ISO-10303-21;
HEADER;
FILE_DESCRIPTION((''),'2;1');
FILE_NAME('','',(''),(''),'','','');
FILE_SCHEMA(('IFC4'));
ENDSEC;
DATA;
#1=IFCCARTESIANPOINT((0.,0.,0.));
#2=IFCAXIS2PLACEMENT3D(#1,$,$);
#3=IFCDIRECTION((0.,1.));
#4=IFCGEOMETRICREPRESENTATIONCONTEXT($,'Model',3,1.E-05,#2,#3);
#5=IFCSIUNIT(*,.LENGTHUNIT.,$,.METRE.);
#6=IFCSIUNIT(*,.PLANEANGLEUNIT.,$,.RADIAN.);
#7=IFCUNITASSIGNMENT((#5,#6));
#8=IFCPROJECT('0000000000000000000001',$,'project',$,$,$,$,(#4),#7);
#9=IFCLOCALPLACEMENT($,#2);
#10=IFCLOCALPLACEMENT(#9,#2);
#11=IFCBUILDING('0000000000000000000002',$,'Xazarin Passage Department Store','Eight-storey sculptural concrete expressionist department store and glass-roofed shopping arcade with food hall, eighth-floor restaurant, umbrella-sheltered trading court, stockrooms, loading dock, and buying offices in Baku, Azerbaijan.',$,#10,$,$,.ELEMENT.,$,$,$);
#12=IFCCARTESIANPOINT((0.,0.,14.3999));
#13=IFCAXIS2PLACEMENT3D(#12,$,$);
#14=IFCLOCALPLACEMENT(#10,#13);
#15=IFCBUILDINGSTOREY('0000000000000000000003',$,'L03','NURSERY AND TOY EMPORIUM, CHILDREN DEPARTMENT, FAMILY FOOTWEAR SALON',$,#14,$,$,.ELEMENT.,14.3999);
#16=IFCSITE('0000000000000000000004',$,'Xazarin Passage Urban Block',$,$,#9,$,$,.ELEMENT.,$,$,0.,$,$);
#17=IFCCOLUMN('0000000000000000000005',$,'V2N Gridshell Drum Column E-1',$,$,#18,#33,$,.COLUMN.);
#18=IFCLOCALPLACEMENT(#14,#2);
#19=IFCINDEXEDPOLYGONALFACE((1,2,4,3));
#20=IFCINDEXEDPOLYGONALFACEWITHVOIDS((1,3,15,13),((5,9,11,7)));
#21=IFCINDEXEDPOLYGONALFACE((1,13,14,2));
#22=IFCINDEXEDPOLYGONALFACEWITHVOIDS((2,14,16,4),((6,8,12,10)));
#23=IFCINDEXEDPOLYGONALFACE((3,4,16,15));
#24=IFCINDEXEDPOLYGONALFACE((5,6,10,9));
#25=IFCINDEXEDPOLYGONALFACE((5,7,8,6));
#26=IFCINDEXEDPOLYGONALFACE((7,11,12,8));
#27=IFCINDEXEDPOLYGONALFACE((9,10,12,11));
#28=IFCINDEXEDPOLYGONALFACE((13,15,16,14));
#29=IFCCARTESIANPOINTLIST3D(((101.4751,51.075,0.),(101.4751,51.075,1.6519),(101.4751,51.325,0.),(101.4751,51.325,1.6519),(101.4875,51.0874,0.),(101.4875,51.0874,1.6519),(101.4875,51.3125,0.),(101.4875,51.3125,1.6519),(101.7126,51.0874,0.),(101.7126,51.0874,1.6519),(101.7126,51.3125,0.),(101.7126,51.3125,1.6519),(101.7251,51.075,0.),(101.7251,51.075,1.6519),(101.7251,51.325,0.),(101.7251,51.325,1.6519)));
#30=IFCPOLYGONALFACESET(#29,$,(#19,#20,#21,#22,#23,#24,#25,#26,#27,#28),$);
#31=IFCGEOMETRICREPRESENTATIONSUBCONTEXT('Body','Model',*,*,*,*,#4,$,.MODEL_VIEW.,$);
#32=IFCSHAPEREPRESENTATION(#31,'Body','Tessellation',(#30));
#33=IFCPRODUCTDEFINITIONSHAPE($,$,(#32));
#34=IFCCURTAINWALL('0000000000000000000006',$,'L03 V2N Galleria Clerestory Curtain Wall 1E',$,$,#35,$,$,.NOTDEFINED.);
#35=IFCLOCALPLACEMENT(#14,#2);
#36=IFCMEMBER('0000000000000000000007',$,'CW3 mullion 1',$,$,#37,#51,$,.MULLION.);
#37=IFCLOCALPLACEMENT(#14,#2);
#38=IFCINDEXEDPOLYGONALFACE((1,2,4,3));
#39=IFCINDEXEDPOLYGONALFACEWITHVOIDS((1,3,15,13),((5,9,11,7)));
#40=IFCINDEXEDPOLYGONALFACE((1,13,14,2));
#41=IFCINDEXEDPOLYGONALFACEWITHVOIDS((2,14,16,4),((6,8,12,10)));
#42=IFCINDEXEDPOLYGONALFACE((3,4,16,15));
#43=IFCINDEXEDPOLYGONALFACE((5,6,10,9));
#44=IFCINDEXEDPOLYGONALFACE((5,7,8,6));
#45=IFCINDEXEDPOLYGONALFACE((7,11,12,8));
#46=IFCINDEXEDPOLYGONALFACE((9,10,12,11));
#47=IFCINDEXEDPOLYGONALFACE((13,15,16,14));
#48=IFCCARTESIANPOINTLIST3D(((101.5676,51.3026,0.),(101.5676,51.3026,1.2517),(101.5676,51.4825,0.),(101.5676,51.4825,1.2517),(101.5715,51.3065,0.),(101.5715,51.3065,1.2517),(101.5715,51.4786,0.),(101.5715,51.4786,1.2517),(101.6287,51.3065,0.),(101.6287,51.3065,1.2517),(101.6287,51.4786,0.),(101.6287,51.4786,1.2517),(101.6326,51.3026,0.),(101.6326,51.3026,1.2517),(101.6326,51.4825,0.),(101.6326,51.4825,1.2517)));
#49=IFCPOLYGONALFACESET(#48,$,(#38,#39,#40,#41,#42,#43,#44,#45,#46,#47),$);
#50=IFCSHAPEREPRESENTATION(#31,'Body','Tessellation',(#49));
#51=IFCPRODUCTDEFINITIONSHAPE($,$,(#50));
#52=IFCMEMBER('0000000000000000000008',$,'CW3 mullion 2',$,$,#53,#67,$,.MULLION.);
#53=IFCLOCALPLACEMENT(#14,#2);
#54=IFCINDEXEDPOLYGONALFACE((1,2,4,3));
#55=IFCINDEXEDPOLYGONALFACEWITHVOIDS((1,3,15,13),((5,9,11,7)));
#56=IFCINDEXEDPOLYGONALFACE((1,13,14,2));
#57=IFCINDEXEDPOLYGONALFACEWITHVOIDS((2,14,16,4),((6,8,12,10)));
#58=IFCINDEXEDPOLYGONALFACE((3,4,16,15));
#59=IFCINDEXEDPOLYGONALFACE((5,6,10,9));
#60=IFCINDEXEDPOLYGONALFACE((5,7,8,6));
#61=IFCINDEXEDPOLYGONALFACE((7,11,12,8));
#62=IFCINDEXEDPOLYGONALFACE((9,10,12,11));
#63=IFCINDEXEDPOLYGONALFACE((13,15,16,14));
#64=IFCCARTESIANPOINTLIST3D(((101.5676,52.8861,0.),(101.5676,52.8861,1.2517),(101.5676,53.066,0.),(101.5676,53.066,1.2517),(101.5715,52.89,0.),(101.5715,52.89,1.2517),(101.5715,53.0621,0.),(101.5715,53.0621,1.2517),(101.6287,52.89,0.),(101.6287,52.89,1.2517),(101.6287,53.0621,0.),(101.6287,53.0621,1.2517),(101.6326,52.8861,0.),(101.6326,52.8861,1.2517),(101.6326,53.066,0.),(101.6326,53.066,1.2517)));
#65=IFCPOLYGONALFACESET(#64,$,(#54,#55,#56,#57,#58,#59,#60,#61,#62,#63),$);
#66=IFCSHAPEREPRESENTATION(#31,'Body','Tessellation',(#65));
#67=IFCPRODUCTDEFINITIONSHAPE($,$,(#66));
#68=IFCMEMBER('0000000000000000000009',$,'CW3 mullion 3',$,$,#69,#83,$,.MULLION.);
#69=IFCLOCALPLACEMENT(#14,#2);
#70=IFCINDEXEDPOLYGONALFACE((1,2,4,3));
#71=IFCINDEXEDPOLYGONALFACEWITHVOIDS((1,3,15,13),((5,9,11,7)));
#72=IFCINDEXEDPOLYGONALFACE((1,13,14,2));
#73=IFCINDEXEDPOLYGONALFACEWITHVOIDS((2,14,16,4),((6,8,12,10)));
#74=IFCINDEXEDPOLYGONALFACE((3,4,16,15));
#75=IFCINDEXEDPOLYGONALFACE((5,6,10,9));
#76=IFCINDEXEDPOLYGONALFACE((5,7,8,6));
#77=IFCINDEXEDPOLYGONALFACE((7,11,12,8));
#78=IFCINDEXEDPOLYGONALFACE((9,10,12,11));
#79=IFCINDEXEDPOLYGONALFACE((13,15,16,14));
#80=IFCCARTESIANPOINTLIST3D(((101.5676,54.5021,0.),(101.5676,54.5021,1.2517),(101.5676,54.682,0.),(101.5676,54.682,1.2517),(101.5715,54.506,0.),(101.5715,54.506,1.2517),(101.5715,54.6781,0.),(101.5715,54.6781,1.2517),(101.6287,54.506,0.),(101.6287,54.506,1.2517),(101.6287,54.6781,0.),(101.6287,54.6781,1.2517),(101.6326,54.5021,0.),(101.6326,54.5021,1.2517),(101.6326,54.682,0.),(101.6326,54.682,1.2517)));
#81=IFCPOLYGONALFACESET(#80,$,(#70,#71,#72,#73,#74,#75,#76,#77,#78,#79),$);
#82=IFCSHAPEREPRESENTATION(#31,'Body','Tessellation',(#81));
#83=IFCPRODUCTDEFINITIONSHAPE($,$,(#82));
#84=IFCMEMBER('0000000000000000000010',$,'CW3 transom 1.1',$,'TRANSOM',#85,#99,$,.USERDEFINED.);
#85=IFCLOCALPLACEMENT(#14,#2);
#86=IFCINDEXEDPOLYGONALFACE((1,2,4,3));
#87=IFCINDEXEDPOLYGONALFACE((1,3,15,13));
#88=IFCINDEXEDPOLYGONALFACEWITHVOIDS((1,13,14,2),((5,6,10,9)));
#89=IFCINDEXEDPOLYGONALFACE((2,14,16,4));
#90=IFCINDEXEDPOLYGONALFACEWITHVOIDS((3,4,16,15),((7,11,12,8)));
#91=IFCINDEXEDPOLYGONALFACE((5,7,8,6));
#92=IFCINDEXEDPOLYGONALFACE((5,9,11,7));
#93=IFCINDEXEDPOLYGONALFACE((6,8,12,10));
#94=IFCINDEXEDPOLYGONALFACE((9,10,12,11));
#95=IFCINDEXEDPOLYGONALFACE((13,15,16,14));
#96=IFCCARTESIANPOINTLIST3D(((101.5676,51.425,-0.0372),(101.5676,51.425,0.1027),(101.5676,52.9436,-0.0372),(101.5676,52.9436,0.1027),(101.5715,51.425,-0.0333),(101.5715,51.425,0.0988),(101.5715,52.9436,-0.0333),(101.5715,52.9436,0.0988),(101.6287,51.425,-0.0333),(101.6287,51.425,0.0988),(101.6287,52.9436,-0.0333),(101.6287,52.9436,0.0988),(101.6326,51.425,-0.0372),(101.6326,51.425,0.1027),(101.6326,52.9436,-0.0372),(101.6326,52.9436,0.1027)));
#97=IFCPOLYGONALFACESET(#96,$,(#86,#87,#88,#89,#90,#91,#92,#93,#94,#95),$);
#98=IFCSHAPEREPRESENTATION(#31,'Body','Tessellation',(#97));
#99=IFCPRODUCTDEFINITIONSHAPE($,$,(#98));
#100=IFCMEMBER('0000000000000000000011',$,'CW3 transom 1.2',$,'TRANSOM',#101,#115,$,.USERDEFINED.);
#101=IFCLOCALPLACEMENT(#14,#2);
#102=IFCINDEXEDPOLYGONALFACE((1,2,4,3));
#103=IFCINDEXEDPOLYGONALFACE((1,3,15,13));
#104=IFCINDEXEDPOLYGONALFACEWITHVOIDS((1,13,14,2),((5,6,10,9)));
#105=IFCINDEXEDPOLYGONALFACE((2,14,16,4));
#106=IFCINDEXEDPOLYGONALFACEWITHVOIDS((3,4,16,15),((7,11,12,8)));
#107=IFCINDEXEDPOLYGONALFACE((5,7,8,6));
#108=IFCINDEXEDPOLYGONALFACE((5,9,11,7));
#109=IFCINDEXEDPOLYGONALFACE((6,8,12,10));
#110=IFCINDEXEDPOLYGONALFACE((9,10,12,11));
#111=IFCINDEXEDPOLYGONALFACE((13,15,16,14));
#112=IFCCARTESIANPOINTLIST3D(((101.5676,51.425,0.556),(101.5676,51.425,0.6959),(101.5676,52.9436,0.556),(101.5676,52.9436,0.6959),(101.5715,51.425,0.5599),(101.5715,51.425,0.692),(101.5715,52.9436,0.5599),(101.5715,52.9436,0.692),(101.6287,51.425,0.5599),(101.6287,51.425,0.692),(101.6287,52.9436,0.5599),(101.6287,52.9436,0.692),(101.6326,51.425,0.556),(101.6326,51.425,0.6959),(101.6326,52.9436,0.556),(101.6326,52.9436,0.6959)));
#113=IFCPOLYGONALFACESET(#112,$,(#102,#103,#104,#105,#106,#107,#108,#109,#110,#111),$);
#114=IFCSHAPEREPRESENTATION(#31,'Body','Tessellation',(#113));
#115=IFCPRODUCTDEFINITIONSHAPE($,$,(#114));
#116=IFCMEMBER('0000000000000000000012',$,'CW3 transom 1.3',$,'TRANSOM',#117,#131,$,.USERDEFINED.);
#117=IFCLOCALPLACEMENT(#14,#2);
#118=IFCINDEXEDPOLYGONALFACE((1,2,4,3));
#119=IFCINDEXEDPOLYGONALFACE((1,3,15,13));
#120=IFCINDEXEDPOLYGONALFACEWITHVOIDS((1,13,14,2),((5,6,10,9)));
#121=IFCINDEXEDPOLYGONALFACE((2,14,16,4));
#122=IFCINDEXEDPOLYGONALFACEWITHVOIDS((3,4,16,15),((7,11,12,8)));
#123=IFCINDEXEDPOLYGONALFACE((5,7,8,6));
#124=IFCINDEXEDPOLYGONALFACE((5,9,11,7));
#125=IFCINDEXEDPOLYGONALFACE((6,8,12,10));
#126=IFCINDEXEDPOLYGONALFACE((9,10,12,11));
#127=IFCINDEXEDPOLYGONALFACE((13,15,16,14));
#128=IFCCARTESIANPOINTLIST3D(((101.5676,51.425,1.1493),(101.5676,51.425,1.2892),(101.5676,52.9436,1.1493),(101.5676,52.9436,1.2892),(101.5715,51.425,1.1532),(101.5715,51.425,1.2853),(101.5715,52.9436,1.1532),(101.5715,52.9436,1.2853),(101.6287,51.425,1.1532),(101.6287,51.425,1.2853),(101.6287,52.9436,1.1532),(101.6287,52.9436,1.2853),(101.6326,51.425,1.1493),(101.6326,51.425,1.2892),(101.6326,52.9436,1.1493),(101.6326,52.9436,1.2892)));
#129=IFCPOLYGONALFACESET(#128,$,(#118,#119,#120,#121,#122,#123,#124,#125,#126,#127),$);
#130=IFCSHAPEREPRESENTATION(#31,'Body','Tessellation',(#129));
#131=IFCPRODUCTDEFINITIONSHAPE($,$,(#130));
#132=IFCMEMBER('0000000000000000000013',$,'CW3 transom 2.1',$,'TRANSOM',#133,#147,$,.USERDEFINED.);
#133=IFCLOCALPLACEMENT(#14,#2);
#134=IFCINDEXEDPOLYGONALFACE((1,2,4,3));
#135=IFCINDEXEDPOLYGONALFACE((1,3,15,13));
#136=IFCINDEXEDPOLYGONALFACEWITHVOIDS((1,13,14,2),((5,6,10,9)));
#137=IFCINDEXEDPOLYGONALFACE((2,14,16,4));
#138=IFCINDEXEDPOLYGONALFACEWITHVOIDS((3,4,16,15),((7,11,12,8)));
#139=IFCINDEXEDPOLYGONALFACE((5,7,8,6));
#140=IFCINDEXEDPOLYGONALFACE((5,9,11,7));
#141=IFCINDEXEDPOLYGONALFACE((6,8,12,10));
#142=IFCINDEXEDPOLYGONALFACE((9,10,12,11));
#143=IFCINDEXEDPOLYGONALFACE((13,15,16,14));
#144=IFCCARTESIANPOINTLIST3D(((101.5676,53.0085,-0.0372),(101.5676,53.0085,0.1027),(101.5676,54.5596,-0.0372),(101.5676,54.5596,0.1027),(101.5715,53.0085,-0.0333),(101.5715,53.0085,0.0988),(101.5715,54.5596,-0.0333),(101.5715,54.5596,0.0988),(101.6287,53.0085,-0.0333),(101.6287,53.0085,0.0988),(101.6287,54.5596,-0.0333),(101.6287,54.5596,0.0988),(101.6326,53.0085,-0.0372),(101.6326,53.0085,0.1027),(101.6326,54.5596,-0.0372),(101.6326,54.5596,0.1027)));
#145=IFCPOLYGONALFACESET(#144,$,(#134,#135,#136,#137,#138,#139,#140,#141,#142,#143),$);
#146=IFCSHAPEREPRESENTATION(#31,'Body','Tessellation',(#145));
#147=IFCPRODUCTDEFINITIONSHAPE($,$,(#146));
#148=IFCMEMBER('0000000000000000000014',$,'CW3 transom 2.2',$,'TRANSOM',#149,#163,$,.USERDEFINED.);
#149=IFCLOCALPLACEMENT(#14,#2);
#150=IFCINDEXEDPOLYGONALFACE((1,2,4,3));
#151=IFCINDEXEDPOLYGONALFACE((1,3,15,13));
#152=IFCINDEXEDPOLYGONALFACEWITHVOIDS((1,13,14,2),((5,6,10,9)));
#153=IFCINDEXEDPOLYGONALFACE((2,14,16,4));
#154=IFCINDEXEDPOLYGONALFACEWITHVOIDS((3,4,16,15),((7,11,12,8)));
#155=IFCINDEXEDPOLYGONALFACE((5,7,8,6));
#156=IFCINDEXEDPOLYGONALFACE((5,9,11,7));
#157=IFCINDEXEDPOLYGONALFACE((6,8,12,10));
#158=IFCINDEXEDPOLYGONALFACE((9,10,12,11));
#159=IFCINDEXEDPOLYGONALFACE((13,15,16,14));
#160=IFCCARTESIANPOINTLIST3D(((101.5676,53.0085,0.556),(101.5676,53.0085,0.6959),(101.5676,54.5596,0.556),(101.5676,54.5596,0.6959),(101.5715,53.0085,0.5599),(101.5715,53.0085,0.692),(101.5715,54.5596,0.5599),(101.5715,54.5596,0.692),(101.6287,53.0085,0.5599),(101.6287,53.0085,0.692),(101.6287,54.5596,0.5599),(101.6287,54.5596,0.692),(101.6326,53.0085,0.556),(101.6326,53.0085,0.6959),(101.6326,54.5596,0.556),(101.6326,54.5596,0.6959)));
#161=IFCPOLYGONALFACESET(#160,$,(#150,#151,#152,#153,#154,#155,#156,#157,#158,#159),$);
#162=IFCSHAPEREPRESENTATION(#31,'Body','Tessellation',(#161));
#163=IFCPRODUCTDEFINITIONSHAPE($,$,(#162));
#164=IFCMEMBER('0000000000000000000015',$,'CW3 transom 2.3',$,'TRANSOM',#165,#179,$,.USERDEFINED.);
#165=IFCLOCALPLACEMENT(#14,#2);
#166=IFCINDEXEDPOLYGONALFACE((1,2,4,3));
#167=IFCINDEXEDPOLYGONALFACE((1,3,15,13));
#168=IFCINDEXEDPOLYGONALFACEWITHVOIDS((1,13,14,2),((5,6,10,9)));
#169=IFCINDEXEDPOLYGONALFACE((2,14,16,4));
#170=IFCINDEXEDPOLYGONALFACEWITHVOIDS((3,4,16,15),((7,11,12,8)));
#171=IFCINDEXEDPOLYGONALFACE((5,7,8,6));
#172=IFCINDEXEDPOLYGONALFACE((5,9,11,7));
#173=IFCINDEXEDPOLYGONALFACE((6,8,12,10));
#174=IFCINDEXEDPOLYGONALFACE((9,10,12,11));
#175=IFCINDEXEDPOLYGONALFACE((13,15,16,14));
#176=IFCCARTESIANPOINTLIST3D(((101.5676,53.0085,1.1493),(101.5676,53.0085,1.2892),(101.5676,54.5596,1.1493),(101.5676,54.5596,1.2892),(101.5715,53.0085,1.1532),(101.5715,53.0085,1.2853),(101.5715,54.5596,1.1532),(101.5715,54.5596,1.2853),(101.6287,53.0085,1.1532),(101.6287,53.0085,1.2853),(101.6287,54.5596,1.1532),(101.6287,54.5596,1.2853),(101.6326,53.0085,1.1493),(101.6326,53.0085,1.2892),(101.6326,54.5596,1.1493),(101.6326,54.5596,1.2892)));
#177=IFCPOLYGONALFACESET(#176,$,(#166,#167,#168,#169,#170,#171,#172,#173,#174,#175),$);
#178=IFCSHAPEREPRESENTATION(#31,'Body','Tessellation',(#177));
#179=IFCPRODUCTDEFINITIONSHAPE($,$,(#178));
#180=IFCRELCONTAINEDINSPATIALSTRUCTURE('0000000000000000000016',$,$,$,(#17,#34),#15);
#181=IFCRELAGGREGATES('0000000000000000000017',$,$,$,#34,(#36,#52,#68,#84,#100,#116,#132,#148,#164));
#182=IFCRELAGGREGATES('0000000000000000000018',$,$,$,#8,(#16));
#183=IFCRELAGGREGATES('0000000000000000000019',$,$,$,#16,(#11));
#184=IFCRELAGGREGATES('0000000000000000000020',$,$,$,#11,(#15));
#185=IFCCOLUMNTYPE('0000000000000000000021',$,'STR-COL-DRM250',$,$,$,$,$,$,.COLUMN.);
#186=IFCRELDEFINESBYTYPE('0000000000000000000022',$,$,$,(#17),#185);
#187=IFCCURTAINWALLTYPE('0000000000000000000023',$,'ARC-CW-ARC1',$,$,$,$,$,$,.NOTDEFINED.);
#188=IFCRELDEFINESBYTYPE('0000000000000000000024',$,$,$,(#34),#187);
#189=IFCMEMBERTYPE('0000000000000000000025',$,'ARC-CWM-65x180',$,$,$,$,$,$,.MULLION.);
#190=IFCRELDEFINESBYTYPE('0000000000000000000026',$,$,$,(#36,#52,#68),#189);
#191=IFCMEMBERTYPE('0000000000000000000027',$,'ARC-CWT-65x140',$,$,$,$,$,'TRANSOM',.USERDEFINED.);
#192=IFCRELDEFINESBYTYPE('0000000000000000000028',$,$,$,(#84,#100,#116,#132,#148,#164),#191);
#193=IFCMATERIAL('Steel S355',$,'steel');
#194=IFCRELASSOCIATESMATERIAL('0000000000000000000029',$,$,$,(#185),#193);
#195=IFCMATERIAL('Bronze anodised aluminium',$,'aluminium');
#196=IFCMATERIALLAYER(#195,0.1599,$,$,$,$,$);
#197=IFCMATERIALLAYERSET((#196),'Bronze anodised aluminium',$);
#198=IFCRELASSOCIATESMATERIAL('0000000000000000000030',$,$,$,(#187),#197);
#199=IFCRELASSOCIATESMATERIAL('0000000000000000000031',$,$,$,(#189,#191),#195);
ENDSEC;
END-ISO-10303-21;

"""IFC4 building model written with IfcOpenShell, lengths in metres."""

from ifc_helpers import new_model, si_unit, direction, frame, origin, origin_2d, place, context, subcontext, project, spatial, hollow_rectangle, extrude, material, layer, layer_set, material_profile, profile_set, type_object, element, aggregate, save


model = new_model("IFC4")

# Units and contexts
model_context = context("Model", 3, precision=1e-05, world=origin(), true_north=direction((0.0, 1.0)))
body_context = subcontext(model_context, "Body", "Model", "MODEL_VIEW")
ifc_project = project(units=[si_unit("LENGTHUNIT", "METRE"), si_unit("PLANEANGLEUNIT", "RADIAN")], contexts=[model_context])

# Site, building, storey
site_placement = place(None, origin())
site = spatial("IfcSite", under=ifc_project, at=site_placement, Name="Xazarin Passage Urban Block", CompositionType="ELEMENT", RefElevation=0.0)
building_placement = place(site_placement, origin())
building = spatial("IfcBuilding", under=site, at=building_placement, Name="Xazarin Passage Department Store", Description="Eight-storey sculptural concrete expressionist department store and glass-roofed shopping arcade with food hall, eighth-floor restaurant, umbrella-sheltered trading court, stockrooms, loading dock, and buying offices in Baku, Azerbaijan.", CompositionType="ELEMENT")
storey_placement = place(building_placement, frame((0.0, 0.0, 14.3999)))
storey = spatial("IfcBuildingStorey", under=building, at=storey_placement, Name="L03", Description="NURSERY AND TOY EMPORIUM, CHILDREN DEPARTMENT, FAMILY FOOTWEAR SALON", CompositionType="ELEMENT", Elevation=14.3999)

# Column
ifc_material_1 = material(Name="Steel S355", Category="steel")
ifc_material_profile_1 = material_profile(ifc_material_1, hollow_rectangle(XDim=0.25, YDim=0.25, WallThickness=0.0125, at=origin_2d()), Name="SHS 250x250x12.5")
ifc_profile_set_1 = profile_set([ifc_material_profile_1], Name="Steel S355")
column_type = type_object("IfcColumnType", Name="STR-COL-DRM250", PredefinedType="COLUMN", material=ifc_profile_set_1)
column_placement = place(storey_placement, frame((101.6001, 51.2, 0.0), z_axis=(0.0, 0.0, 1.0), x_axis=(1.0, 0.0, 0.0)))
element("IfcColumn", 1, at=column_placement, inside=storey, type_object=column_type, Name="V2N Gridshell Drum Column E-1", PredefinedType="COLUMN", context=body_context, shape_type="SweptSolid", body=[
    extrude(hollow_rectangle(XDim=0.25, YDim=0.25, WallThickness=0.0125, at=origin_2d()), origin(), (0.0, 0.0, 1.0), 1.6519),
])

# Curtain wall, members
ifc_material_2 = material(Name="Bronze anodised aluminium", Category="aluminium")
ifc_layer_1 = layer(ifc_material_2, 0.1599)
ifc_layer_set_1 = layer_set([ifc_layer_1], Name="Bronze anodised aluminium")
curtain_wall_type = type_object("IfcCurtainWallType", Name="ARC-CW-ARC1", PredefinedType="NOTDEFINED", material=ifc_layer_set_1)
curtain_wall_placement = place(storey_placement, origin())
curtain_wall = element("IfcCurtainWall", 2, at=curtain_wall_placement, inside=storey, type_object=curtain_wall_type, Name="L03 V2N Galleria Clerestory Curtain Wall 1E", PredefinedType="NOTDEFINED")
ifc_material_profile_2 = material_profile(ifc_material_2, hollow_rectangle(XDim=0.0649, YDim=0.1799, WallThickness=0.0039, at=origin_2d()), Name="ALU 65x180")
ifc_profile_set_2 = profile_set([ifc_material_profile_2], Name="Bronze anodised aluminium")
member_type_1 = type_object("IfcMemberType", Name="ARC-CWM-65x180", PredefinedType="MULLION", material=ifc_profile_set_2)
member_1_placement = place(storey_placement, frame((101.6001, 51.3926, 0.0), z_axis=(0.0, 0.0, 1.0), x_axis=(-1.0, 0.0, 0.0)))
member_1 = element("IfcMember", 3, at=member_1_placement, type_object=member_type_1, Name="CW3 mullion 1", PredefinedType="MULLION", context=body_context, shape_type="SweptSolid", body=[
    extrude(hollow_rectangle(XDim=0.0649, YDim=0.1799, WallThickness=0.0039, at=origin_2d()), origin(), (0.0, 0.0, 1.0), 1.2517),
])
member_2_placement = place(storey_placement, frame((101.6001, 52.9761, 0.0), z_axis=(0.0, 0.0, 1.0), x_axis=(-1.0, 0.0, 0.0)))
member_2 = element("IfcMember", 4, at=member_2_placement, type_object=member_type_1, Name="CW3 mullion 2", PredefinedType="MULLION", context=body_context, shape_type="SweptSolid", body=[
    extrude(hollow_rectangle(XDim=0.0649, YDim=0.1799, WallThickness=0.0039, at=origin_2d()), origin(), (0.0, 0.0, 1.0), 1.2517),
])
member_3_placement = place(storey_placement, frame((101.6001, 54.592, 0.0), z_axis=(0.0, 0.0, 1.0), x_axis=(-1.0, 0.0, 0.0)))
member_3 = element("IfcMember", 5, at=member_3_placement, type_object=member_type_1, Name="CW3 mullion 3", PredefinedType="MULLION", context=body_context, shape_type="SweptSolid", body=[
    extrude(hollow_rectangle(XDim=0.0649, YDim=0.1799, WallThickness=0.0039, at=origin_2d()), origin(), (0.0, 0.0, 1.0), 1.2517),
])
ifc_material_profile_3 = material_profile(ifc_material_2, hollow_rectangle(XDim=0.0649, YDim=0.1399, WallThickness=0.0039, at=origin_2d()), Name="ALU 65x140")
ifc_profile_set_3 = profile_set([ifc_material_profile_3], Name="Bronze anodised aluminium")
member_type_2 = type_object("IfcMemberType", Name="ARC-CWT-65x140", ElementType="TRANSOM", PredefinedType="USERDEFINED", material=ifc_profile_set_3)
member_4_placement = place(storey_placement, frame((101.6001, 51.425, 0.0327), z_axis=(0.0, 1.0, 0.0), x_axis=(-1.0, 0.0, 0.0)))
member_4 = element("IfcMember", 6, at=member_4_placement, type_object=member_type_2, Name="CW3 transom 1.1", ObjectType="TRANSOM", PredefinedType="USERDEFINED", context=body_context, shape_type="SweptSolid", body=[
    extrude(hollow_rectangle(XDim=0.0649, YDim=0.1399, WallThickness=0.0039, at=origin_2d()), origin(), (0.0, 0.0, 1.0), 1.5186),
])
member_5_placement = place(storey_placement, frame((101.6001, 51.425, 0.626), z_axis=(0.0, 1.0, 0.0), x_axis=(-1.0, 0.0, 0.0)))
member_5 = element("IfcMember", 7, at=member_5_placement, type_object=member_type_2, Name="CW3 transom 1.2", ObjectType="TRANSOM", PredefinedType="USERDEFINED", context=body_context, shape_type="SweptSolid", body=[
    extrude(hollow_rectangle(XDim=0.0649, YDim=0.1399, WallThickness=0.0039, at=origin_2d()), origin(), (0.0, 0.0, 1.0), 1.5186),
])
member_6_placement = place(storey_placement, frame((101.6001, 51.425, 1.2192), z_axis=(0.0, 1.0, 0.0), x_axis=(-1.0, 0.0, 0.0)))
member_6 = element("IfcMember", 8, at=member_6_placement, type_object=member_type_2, Name="CW3 transom 1.3", ObjectType="TRANSOM", PredefinedType="USERDEFINED", context=body_context, shape_type="SweptSolid", body=[
    extrude(hollow_rectangle(XDim=0.0649, YDim=0.1399, WallThickness=0.0039, at=origin_2d()), origin(), (0.0, 0.0, 1.0), 1.5186),
])
member_7_placement = place(storey_placement, frame((101.6001, 53.0085, 0.0327), z_axis=(0.0, 1.0, 0.0), x_axis=(-1.0, 0.0, 0.0)))
member_7 = element("IfcMember", 9, at=member_7_placement, type_object=member_type_2, Name="CW3 transom 2.1", ObjectType="TRANSOM", PredefinedType="USERDEFINED", context=body_context, shape_type="SweptSolid", body=[
    extrude(hollow_rectangle(XDim=0.0649, YDim=0.1399, WallThickness=0.0039, at=origin_2d()), origin(), (0.0, 0.0, 1.0), 1.551),
])
member_8_placement = place(storey_placement, frame((101.6001, 53.0085, 0.626), z_axis=(0.0, 1.0, 0.0), x_axis=(-1.0, 0.0, 0.0)))
member_8 = element("IfcMember", 10, at=member_8_placement, type_object=member_type_2, Name="CW3 transom 2.2", ObjectType="TRANSOM", PredefinedType="USERDEFINED", context=body_context, shape_type="SweptSolid", body=[
    extrude(hollow_rectangle(XDim=0.0649, YDim=0.1399, WallThickness=0.0039, at=origin_2d()), origin(), (0.0, 0.0, 1.0), 1.551),
])
member_9_placement = place(storey_placement, frame((101.6001, 53.0085, 1.2192), z_axis=(0.0, 1.0, 0.0), x_axis=(-1.0, 0.0, 0.0)))
member_9 = element("IfcMember", 11, at=member_9_placement, type_object=member_type_2, Name="CW3 transom 2.3", ObjectType="TRANSOM", PredefinedType="USERDEFINED", context=body_context, shape_type="SweptSolid", body=[
    extrude(hollow_rectangle(XDim=0.0649, YDim=0.1399, WallThickness=0.0039, at=origin_2d()), origin(), (0.0, 0.0, 1.0), 1.551),
])

aggregate(curtain_wall, [member_1, member_2, member_3, member_4, member_5, member_6, member_7, member_8, member_9])

save(model, "model.ifc")
